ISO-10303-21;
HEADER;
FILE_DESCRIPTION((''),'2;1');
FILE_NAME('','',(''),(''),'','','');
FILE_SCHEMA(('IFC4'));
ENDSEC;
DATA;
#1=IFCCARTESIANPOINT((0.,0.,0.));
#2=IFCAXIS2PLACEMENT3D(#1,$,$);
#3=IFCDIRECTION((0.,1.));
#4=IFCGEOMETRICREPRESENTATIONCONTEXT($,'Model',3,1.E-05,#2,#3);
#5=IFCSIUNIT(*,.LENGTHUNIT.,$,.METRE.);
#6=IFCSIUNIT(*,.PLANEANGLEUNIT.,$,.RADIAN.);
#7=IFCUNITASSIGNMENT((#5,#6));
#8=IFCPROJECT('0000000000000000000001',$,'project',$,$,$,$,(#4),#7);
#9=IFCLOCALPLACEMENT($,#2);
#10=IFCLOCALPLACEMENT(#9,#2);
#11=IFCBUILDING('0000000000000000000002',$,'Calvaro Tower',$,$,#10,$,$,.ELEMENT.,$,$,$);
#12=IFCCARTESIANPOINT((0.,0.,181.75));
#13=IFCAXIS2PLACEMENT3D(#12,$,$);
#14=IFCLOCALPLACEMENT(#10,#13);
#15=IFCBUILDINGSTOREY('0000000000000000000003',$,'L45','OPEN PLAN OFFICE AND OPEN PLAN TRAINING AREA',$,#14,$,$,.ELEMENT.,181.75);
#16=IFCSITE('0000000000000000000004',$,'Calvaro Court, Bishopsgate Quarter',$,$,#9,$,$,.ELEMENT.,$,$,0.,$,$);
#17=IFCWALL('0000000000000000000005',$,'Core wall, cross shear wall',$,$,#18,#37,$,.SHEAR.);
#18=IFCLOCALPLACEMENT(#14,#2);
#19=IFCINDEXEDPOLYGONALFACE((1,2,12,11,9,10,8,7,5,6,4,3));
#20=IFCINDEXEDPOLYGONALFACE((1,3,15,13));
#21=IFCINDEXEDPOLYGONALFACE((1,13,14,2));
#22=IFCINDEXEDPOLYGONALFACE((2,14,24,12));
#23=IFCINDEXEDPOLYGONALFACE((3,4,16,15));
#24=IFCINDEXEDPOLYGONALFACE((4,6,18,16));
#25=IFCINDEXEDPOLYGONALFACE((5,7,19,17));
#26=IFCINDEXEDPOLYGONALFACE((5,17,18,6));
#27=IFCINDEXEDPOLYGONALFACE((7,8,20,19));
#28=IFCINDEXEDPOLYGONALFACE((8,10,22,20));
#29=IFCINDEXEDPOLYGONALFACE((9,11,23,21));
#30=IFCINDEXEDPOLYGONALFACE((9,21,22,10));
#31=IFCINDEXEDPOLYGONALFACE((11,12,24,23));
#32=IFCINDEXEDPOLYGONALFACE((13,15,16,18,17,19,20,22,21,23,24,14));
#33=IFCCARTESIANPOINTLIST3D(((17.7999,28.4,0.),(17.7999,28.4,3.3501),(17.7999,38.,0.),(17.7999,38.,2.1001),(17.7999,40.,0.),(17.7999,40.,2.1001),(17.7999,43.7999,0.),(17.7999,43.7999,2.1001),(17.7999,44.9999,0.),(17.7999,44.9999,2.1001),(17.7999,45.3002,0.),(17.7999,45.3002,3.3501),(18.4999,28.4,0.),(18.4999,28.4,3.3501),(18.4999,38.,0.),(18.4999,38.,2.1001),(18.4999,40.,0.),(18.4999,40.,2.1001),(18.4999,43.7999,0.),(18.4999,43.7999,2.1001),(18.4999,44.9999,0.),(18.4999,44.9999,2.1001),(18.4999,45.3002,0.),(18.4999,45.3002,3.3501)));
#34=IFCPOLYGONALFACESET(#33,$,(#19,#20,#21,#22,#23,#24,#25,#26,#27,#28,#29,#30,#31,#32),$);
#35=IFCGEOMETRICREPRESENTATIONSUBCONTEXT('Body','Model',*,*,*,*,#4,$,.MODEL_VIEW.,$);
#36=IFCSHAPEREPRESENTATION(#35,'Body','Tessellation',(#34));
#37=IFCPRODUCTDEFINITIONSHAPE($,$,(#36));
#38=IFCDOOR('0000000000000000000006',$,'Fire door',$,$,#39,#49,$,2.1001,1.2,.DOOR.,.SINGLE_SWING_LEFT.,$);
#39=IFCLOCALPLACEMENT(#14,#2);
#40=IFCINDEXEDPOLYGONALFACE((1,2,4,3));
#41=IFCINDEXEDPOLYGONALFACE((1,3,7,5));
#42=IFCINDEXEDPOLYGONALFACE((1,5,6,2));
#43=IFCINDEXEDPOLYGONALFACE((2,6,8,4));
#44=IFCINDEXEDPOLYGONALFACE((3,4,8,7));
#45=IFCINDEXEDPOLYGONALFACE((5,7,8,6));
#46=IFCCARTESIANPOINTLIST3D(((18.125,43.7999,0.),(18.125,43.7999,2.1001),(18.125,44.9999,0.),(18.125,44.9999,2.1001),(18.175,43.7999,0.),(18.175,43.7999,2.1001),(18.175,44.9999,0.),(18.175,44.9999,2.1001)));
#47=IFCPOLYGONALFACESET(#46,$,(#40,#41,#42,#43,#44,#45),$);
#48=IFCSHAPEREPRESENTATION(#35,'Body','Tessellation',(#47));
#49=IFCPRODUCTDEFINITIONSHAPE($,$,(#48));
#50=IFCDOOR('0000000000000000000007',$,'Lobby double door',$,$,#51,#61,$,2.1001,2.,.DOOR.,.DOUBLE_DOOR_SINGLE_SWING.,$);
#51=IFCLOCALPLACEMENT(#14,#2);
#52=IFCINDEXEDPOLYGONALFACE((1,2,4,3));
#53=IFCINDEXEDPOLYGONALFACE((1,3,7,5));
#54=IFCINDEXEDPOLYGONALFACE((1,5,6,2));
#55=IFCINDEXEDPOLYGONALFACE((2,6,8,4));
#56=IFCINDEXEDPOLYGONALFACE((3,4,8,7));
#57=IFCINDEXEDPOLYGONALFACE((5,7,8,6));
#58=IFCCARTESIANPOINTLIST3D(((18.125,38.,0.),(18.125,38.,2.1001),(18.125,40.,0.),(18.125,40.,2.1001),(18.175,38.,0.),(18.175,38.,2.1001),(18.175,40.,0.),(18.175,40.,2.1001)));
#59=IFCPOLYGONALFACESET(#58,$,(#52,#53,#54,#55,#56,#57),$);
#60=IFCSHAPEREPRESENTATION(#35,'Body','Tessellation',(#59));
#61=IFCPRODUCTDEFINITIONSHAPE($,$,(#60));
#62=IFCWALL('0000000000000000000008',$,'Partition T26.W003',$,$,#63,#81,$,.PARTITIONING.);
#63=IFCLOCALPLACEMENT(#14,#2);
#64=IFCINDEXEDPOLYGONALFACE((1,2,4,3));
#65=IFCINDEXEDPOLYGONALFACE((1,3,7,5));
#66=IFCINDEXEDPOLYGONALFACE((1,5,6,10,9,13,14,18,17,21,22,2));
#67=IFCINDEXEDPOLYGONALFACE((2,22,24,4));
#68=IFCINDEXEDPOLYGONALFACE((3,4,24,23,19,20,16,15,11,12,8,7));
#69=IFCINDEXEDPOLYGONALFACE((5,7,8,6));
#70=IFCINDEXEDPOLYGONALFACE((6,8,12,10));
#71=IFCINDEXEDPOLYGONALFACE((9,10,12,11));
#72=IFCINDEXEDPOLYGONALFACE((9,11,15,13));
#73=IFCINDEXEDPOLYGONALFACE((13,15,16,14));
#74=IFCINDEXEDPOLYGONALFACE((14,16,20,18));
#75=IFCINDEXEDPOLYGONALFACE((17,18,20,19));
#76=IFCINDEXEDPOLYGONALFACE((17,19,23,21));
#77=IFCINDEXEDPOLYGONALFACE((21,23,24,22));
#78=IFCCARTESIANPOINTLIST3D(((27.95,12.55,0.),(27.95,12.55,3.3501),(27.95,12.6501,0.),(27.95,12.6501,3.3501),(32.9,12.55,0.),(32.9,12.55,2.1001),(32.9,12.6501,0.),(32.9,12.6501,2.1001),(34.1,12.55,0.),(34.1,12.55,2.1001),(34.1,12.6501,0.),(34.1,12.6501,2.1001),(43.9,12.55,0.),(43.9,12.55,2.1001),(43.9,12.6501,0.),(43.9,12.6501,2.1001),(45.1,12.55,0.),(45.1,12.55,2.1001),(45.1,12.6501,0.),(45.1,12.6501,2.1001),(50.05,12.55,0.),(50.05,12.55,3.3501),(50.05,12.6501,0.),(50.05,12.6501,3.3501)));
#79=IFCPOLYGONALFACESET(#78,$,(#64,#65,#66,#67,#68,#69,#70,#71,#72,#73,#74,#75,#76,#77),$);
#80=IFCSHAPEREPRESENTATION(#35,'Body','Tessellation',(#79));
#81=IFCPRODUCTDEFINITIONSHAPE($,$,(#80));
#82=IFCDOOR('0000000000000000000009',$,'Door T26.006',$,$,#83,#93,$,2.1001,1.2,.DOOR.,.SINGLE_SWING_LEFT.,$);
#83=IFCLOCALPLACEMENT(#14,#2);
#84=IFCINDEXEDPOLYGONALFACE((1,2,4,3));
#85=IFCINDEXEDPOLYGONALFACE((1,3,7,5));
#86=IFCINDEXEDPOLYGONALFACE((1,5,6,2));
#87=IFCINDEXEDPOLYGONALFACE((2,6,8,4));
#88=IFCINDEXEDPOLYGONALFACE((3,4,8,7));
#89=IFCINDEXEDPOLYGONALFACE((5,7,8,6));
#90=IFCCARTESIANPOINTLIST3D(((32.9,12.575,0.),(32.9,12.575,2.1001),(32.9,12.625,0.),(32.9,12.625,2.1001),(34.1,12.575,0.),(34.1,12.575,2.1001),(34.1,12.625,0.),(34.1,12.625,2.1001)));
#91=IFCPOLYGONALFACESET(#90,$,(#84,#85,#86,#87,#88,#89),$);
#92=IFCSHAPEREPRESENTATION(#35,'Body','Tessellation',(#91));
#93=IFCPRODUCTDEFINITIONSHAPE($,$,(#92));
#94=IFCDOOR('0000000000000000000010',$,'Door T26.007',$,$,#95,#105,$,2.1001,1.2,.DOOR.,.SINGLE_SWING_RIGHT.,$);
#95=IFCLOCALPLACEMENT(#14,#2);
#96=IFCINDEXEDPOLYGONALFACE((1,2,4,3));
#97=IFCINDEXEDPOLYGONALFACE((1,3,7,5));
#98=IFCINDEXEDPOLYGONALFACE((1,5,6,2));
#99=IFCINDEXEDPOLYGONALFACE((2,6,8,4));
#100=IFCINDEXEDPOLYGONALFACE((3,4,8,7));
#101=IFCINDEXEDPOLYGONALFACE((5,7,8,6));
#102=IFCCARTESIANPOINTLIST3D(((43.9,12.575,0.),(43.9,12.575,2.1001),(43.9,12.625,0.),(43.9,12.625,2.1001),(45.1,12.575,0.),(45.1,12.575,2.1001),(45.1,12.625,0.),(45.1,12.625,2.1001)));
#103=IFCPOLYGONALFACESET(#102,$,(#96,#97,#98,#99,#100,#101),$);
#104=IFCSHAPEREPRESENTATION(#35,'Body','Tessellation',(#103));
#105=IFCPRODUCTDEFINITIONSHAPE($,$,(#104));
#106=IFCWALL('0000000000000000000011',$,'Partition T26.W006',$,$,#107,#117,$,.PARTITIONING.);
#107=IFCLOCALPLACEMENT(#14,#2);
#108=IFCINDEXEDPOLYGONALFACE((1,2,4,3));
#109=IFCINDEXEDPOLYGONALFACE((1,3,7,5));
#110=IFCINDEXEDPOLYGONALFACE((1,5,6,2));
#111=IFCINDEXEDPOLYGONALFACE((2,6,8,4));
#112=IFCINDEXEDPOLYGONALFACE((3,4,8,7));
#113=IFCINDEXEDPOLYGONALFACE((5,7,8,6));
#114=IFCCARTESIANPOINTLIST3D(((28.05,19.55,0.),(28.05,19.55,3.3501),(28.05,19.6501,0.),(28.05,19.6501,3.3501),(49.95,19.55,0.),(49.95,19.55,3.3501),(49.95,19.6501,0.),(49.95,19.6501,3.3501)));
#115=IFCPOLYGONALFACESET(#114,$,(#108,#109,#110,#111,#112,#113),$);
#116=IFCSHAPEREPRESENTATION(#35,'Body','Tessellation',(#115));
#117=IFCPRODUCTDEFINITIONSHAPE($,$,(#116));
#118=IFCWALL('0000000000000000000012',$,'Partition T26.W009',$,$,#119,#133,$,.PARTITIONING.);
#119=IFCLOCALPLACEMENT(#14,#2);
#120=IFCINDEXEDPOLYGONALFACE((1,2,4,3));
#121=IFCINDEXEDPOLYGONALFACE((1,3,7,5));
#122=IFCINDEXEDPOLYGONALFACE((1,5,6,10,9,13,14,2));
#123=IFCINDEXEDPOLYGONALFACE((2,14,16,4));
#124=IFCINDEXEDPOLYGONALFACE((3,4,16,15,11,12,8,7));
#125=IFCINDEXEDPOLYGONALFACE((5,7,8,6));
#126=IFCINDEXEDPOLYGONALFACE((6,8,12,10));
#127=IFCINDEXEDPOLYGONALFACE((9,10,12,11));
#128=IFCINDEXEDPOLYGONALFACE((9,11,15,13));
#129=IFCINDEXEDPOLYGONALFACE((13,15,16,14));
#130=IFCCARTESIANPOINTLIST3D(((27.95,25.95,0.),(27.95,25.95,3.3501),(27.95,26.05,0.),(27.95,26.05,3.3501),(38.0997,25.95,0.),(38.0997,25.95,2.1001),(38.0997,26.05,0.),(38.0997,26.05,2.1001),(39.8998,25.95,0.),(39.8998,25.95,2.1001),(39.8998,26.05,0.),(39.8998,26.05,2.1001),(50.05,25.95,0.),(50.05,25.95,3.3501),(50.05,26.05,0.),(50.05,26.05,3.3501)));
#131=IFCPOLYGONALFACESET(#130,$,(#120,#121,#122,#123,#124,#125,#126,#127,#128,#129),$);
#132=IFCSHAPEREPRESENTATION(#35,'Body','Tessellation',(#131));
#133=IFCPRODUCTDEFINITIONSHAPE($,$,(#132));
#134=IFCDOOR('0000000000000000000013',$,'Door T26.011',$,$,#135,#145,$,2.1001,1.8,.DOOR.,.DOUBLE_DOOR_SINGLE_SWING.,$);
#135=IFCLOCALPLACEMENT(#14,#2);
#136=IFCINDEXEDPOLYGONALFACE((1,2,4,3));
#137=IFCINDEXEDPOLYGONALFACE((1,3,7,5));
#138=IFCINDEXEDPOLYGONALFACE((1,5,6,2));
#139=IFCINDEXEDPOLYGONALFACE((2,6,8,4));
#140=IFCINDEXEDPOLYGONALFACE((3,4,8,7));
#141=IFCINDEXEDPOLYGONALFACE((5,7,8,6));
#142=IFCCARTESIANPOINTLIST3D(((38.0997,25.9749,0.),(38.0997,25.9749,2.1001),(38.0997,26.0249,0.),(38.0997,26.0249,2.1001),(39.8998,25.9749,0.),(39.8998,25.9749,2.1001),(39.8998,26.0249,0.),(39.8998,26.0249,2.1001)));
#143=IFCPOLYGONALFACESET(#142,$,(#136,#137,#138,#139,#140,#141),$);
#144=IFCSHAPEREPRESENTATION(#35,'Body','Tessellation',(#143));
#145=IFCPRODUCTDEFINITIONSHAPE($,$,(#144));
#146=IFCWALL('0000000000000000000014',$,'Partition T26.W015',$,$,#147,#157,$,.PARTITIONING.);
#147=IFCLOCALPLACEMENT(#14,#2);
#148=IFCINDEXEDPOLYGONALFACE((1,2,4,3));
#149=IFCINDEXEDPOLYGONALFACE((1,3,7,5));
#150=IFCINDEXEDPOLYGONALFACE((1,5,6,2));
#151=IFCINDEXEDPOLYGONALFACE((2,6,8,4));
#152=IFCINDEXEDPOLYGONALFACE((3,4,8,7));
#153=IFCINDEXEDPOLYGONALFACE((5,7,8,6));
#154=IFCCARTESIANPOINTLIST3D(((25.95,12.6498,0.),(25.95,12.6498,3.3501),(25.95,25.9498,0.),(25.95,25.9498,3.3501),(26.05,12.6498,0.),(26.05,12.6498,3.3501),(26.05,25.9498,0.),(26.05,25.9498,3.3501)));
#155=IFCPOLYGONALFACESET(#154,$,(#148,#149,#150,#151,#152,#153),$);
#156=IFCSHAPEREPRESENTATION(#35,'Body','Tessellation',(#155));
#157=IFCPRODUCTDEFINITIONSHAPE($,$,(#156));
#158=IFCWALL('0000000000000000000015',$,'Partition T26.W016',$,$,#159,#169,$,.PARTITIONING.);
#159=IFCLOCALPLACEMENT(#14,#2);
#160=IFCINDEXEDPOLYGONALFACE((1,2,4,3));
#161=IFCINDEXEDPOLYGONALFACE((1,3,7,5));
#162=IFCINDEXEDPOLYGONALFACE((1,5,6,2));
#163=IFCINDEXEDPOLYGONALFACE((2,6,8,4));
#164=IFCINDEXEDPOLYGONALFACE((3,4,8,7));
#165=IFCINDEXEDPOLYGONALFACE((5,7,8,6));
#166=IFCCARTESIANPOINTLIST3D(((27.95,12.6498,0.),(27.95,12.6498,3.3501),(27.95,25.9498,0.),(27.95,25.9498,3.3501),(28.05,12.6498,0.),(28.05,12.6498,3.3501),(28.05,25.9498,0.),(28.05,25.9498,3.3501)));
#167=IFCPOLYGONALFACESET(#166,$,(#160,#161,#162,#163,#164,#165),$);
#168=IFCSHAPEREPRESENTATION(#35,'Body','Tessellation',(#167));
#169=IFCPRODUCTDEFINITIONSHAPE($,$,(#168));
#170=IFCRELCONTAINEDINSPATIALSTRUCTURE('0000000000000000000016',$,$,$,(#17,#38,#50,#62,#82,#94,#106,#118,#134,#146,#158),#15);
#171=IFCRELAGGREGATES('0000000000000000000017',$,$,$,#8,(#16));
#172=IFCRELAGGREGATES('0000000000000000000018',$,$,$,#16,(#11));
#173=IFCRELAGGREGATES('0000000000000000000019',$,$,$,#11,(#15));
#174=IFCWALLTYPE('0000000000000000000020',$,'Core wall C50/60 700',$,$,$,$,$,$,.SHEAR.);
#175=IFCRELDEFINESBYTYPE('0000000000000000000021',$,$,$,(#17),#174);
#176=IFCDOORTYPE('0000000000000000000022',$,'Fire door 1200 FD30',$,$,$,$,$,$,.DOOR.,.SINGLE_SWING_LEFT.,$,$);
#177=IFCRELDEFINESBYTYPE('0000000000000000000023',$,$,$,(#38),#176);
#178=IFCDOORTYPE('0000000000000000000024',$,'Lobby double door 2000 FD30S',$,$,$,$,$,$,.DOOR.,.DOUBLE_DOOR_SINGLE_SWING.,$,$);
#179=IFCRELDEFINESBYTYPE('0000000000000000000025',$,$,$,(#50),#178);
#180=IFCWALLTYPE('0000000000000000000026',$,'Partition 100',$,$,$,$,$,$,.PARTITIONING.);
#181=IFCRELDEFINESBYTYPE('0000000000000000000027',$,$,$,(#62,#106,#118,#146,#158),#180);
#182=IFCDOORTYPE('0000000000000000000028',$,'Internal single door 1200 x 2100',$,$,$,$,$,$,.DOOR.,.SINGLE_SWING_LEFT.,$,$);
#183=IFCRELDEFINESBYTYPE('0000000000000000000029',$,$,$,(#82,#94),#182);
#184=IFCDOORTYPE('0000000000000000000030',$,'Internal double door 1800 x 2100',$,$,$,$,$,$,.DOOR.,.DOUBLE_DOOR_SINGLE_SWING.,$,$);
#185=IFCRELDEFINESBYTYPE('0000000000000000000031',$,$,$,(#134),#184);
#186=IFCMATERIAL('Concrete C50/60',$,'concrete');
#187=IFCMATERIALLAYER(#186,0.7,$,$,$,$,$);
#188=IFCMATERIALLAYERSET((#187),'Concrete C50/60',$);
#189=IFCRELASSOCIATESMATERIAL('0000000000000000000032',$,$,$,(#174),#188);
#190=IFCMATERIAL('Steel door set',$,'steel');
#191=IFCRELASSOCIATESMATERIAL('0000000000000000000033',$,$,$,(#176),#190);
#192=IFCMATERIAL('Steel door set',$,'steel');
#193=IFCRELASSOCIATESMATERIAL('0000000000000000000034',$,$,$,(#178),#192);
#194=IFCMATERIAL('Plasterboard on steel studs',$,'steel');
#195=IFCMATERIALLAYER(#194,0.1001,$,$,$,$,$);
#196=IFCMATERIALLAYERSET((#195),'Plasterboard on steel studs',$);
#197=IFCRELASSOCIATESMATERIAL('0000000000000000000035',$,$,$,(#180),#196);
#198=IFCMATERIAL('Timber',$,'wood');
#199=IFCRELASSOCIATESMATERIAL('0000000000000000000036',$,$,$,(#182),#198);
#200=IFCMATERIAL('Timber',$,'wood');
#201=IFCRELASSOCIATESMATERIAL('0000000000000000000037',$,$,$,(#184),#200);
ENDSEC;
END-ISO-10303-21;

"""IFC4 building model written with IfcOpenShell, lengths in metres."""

from ifc_helpers import new_model, si_unit, direction, frame, frame_2d, origin, place, context, subcontext, project, spatial, rectangle, extrude, material, layer, layer_set, type_object, element, fill, save


model = new_model("IFC4")

# Units and contexts
model_context = context("Model", 3, precision=1e-05, world=origin(), true_north=direction((0.0, 1.0)))
body_context = subcontext(model_context, "Body", "Model", "MODEL_VIEW")
ifc_project = project(units=[si_unit("LENGTHUNIT", "METRE"), si_unit("PLANEANGLEUNIT", "RADIAN")], contexts=[model_context])

# Site, building, storey
site_placement = place(None, origin())
site = spatial("IfcSite", under=ifc_project, at=site_placement, Name="Calvaro Court, Bishopsgate Quarter", CompositionType="ELEMENT", RefElevation=0.0)
building_placement = place(site_placement, origin())
building = spatial("IfcBuilding", under=site, at=building_placement, Name="Calvaro Tower", CompositionType="ELEMENT")
storey_placement = place(building_placement, frame((0.0, 0.0, 181.75)))
storey = spatial("IfcBuildingStorey", under=building, at=storey_placement, Name="L45", Description="OPEN PLAN OFFICE AND OPEN PLAN TRAINING AREA", CompositionType="ELEMENT", Elevation=181.75)

# Walls, openings, doors
ifc_material_1 = material(Name="Concrete C50/60", Category="concrete")
ifc_layer_1 = layer(ifc_material_1, 0.7)
ifc_layer_set_1 = layer_set([ifc_layer_1], Name="Concrete C50/60")
wall_type_1 = type_object("IfcWallType", Name="Core wall C50/60 700", PredefinedType="SHEAR", material=ifc_layer_set_1)
wall_1_placement = place(storey_placement, frame((18.1499, 28.3999, 0.0), z_axis=(0.0, 0.0, 1.0), x_axis=(0.0, 1.0, 0.0)))
wall_1 = element("IfcWall", 1, at=wall_1_placement, inside=storey, type_object=wall_type_1, Name="Core wall, cross shear wall", PredefinedType="SHEAR", context=body_context, shape_type="SweptSolid", body=[
    extrude(rectangle(XDim=16.9001, YDim=0.7, at=frame_2d((8.4502, 0.0))), origin(), (0.0, 0.0, 1.0), 3.3501),
])
opening_1_placement = place(wall_1_placement, frame((9.6001, 0.0, 0.0)))
opening_1 = element("IfcOpeningElement", 2, at=opening_1_placement, cuts=wall_1, PredefinedType="OPENING", context=body_context, shape_type="SweptSolid", body=[
    extrude(rectangle(XDim=2.0, YDim=2.1001, at=frame_2d((1.0, 1.05))), frame((0.0, 0.3599, 0.0), z_axis=(0.0, -1.0, 0.0), x_axis=(1.0, 0.0, 0.0)), (0.0, 0.0, 1.0), 0.72),
])
opening_2_placement = place(wall_1_placement, frame((15.3999, 0.0, 0.0)))
opening_2 = element("IfcOpeningElement", 3, at=opening_2_placement, cuts=wall_1, PredefinedType="OPENING", context=body_context, shape_type="SweptSolid", body=[
    extrude(rectangle(XDim=1.2, YDim=2.1001, at=frame_2d((0.6001, 1.05))), frame((0.0, 0.3599, 0.0), z_axis=(0.0, -1.0, 0.0), x_axis=(1.0, 0.0, 0.0)), (0.0, 0.0, 1.0), 0.72),
])
ifc_material_2 = material(Name="Steel door set", Category="steel")
door_type_1 = type_object("IfcDoorType", Name="Fire door 1200 FD30", OperationType="SINGLE_SWING_LEFT", PredefinedType="DOOR", material=ifc_material_2)
door_1_placement = place(opening_2_placement, origin())
door_1 = element("IfcDoor", 4, at=door_1_placement, inside=storey, type_object=door_type_1, Name="Fire door", OperationType="SINGLE_SWING_LEFT", OverallHeight=2.1001, OverallWidth=1.2, PredefinedType="DOOR", context=body_context, shape_type="SweptSolid", body=[
    extrude(rectangle(XDim=1.2, YDim=2.1001, at=frame_2d((0.6001, 1.05))), frame((0.0, 0.0249, 0.0), z_axis=(0.0, -1.0, 0.0), x_axis=(1.0, 0.0, 0.0)), (0.0, 0.0, 1.0), 0.05),
])
fill(opening_2, door_1)
ifc_material_3 = material(Name="Steel door set", Category="steel")
door_type_2 = type_object("IfcDoorType", Name="Lobby double door 2000 FD30S", OperationType="DOUBLE_DOOR_SINGLE_SWING", PredefinedType="DOOR", material=ifc_material_3)
door_2_placement = place(opening_1_placement, origin())
door_2 = element("IfcDoor", 5, at=door_2_placement, inside=storey, type_object=door_type_2, Name="Lobby double door", OperationType="DOUBLE_DOOR_SINGLE_SWING", OverallHeight=2.1001, OverallWidth=2.0, PredefinedType="DOOR", context=body_context, shape_type="SweptSolid", body=[
    extrude(rectangle(XDim=2.0, YDim=2.1001, at=frame_2d((1.0, 1.05))), frame((0.0, 0.0249, 0.0), z_axis=(0.0, -1.0, 0.0), x_axis=(1.0, 0.0, 0.0)), (0.0, 0.0, 1.0), 0.05),
])
fill(opening_1, door_2)
ifc_material_4 = material(Name="Plasterboard on steel studs", Category="steel")
ifc_layer_2 = layer(ifc_material_4, 0.1001)
ifc_layer_set_2 = layer_set([ifc_layer_2], Name="Plasterboard on steel studs")
wall_type_2 = type_object("IfcWallType", Name="Partition 100", PredefinedType="PARTITIONING", material=ifc_layer_set_2)
wall_2_placement = place(storey_placement, frame((27.95, 12.6001, 0.0), z_axis=(0.0, 0.0, 1.0), x_axis=(1.0, 0.0, 0.0)))
wall_2 = element("IfcWall", 6, at=wall_2_placement, inside=storey, type_object=wall_type_2, Name="Partition T26.W003", PredefinedType="PARTITIONING", context=body_context, shape_type="SweptSolid", body=[
    extrude(rectangle(XDim=22.1001, YDim=0.1001, at=frame_2d((11.05, 0.0))), origin(), (0.0, 0.0, 1.0), 3.3501),
])
opening_3_placement = place(wall_2_placement, frame((4.95, 0.0, 0.0)))
opening_3 = element("IfcOpeningElement", 7, at=opening_3_placement, cuts=wall_2, PredefinedType="OPENING", context=body_context, shape_type="SweptSolid", body=[
    extrude(rectangle(XDim=1.2, YDim=2.1001, at=frame_2d((0.6001, 1.05))), frame((0.0, 0.0601, 0.0), z_axis=(0.0, -1.0, 0.0), x_axis=(1.0, 0.0, 0.0)), (0.0, 0.0, 1.0), 0.1201),
])
opening_4_placement = place(wall_2_placement, frame((15.95, 0.0, 0.0)))
opening_4 = element("IfcOpeningElement", 8, at=opening_4_placement, cuts=wall_2, PredefinedType="OPENING", context=body_context, shape_type="SweptSolid", body=[
    extrude(rectangle(XDim=1.2, YDim=2.1001, at=frame_2d((0.6001, 1.05))), frame((0.0, 0.0601, 0.0), z_axis=(0.0, -1.0, 0.0), x_axis=(1.0, 0.0, 0.0)), (0.0, 0.0, 1.0), 0.1201),
])
ifc_material_5 = material(Name="Timber", Category="wood")
door_type_3 = type_object("IfcDoorType", Name="Internal single door 1200 x 2100", OperationType="SINGLE_SWING_LEFT", PredefinedType="DOOR", material=ifc_material_5)
door_3_placement = place(opening_3_placement, origin())
door_3 = element("IfcDoor", 9, at=door_3_placement, inside=storey, type_object=door_type_3, Name="Door T26.006", OperationType="SINGLE_SWING_LEFT", OverallHeight=2.1001, OverallWidth=1.2, PredefinedType="DOOR", context=body_context, shape_type="SweptSolid", body=[
    extrude(rectangle(XDim=1.2, YDim=2.1001, at=frame_2d((0.6001, 1.05))), frame((0.0, 0.0249, 0.0), z_axis=(0.0, -1.0, 0.0), x_axis=(1.0, 0.0, 0.0)), (0.0, 0.0, 1.0), 0.05),
])
fill(opening_3, door_3)
door_4_placement = place(opening_4_placement, origin())
door_4 = element("IfcDoor", 10, at=door_4_placement, inside=storey, type_object=door_type_3, Name="Door T26.007", OperationType="SINGLE_SWING_RIGHT", OverallHeight=2.1001, OverallWidth=1.2, PredefinedType="DOOR", context=body_context, shape_type="SweptSolid", body=[
    extrude(rectangle(XDim=1.2, YDim=2.1001, at=frame_2d((0.6001, 1.05))), frame((0.0, 0.0249, 0.0), z_axis=(0.0, -1.0, 0.0), x_axis=(1.0, 0.0, 0.0)), (0.0, 0.0, 1.0), 0.05),
])
fill(opening_4, door_4)

# Wall
wall_3_placement = place(storey_placement, frame((28.05, 19.6001, 0.0), z_axis=(0.0, 0.0, 1.0), x_axis=(1.0, 0.0, 0.0)))
element("IfcWall", 11, at=wall_3_placement, inside=storey, type_object=wall_type_2, Name="Partition T26.W006", PredefinedType="PARTITIONING", context=body_context, shape_type="SweptSolid", body=[
    extrude(rectangle(XDim=21.8999, YDim=0.1001, at=frame_2d((10.95, 0.0))), origin(), (0.0, 0.0, 1.0), 3.3501),
])

# Wall, opening, door
wall_4_placement = place(storey_placement, frame((27.95, 26.0, 0.0), z_axis=(0.0, 0.0, 1.0), x_axis=(1.0, 0.0, 0.0)))
wall_4 = element("IfcWall", 12, at=wall_4_placement, inside=storey, type_object=wall_type_2, Name="Partition T26.W009", PredefinedType="PARTITIONING", context=body_context, shape_type="SweptSolid", body=[
    extrude(rectangle(XDim=22.1001, YDim=0.1001, at=frame_2d((11.05, 0.0))), origin(), (0.0, 0.0, 1.0), 3.3501),
])
opening_5_placement = place(wall_4_placement, frame((10.1499, 0.0, 0.0)))
opening_5 = element("IfcOpeningElement", 13, at=opening_5_placement, cuts=wall_4, PredefinedType="OPENING", context=body_context, shape_type="SweptSolid", body=[
    extrude(rectangle(XDim=1.8, YDim=2.1001, at=frame_2d((0.8999, 1.05))), frame((0.0, 0.0601, 0.0), z_axis=(0.0, -1.0, 0.0), x_axis=(1.0, 0.0, 0.0)), (0.0, 0.0, 1.0), 0.1201),
])
ifc_material_6 = material(Name="Timber", Category="wood")
door_type_4 = type_object("IfcDoorType", Name="Internal double door 1800 x 2100", OperationType="DOUBLE_DOOR_SINGLE_SWING", PredefinedType="DOOR", material=ifc_material_6)
door_5_placement = place(opening_5_placement, origin())
door_5 = element("IfcDoor", 14, at=door_5_placement, inside=storey, type_object=door_type_4, Name="Door T26.011", OperationType="DOUBLE_DOOR_SINGLE_SWING", OverallHeight=2.1001, OverallWidth=1.8, PredefinedType="DOOR", context=body_context, shape_type="SweptSolid", body=[
    extrude(rectangle(XDim=1.8, YDim=2.1001, at=frame_2d((0.8999, 1.05))), frame((0.0, 0.0249, 0.0), z_axis=(0.0, -1.0, 0.0), x_axis=(1.0, 0.0, 0.0)), (0.0, 0.0, 1.0), 0.05),
])
fill(opening_5, door_5)

# Walls
for number, where, z_axis, x_axis, name in (
    (15, (26.0, 12.6499, 0.0), (0.0, 0.0, 1.0), (0.0, 1.0, 0.0), "Partition T26.W015"),
    (16, (28.0, 12.6499, 0.0), (0.0, 0.0, 1.0), (0.0, 1.0, 0.0), "Partition T26.W016"),
):
    element("IfcWall", number, at=place(storey_placement, frame(where, z_axis=z_axis, x_axis=x_axis)), inside=storey, type_object=wall_type_2, Name=name, PredefinedType="PARTITIONING", context=body_context, shape_type="SweptSolid", body=[
        extrude(rectangle(XDim=13.3, YDim=0.1001, at=frame_2d((6.6499, 0.0))), origin(), (0.0, 0.0, 1.0), 3.3501),
    ])

save(model, "model.ifc")
